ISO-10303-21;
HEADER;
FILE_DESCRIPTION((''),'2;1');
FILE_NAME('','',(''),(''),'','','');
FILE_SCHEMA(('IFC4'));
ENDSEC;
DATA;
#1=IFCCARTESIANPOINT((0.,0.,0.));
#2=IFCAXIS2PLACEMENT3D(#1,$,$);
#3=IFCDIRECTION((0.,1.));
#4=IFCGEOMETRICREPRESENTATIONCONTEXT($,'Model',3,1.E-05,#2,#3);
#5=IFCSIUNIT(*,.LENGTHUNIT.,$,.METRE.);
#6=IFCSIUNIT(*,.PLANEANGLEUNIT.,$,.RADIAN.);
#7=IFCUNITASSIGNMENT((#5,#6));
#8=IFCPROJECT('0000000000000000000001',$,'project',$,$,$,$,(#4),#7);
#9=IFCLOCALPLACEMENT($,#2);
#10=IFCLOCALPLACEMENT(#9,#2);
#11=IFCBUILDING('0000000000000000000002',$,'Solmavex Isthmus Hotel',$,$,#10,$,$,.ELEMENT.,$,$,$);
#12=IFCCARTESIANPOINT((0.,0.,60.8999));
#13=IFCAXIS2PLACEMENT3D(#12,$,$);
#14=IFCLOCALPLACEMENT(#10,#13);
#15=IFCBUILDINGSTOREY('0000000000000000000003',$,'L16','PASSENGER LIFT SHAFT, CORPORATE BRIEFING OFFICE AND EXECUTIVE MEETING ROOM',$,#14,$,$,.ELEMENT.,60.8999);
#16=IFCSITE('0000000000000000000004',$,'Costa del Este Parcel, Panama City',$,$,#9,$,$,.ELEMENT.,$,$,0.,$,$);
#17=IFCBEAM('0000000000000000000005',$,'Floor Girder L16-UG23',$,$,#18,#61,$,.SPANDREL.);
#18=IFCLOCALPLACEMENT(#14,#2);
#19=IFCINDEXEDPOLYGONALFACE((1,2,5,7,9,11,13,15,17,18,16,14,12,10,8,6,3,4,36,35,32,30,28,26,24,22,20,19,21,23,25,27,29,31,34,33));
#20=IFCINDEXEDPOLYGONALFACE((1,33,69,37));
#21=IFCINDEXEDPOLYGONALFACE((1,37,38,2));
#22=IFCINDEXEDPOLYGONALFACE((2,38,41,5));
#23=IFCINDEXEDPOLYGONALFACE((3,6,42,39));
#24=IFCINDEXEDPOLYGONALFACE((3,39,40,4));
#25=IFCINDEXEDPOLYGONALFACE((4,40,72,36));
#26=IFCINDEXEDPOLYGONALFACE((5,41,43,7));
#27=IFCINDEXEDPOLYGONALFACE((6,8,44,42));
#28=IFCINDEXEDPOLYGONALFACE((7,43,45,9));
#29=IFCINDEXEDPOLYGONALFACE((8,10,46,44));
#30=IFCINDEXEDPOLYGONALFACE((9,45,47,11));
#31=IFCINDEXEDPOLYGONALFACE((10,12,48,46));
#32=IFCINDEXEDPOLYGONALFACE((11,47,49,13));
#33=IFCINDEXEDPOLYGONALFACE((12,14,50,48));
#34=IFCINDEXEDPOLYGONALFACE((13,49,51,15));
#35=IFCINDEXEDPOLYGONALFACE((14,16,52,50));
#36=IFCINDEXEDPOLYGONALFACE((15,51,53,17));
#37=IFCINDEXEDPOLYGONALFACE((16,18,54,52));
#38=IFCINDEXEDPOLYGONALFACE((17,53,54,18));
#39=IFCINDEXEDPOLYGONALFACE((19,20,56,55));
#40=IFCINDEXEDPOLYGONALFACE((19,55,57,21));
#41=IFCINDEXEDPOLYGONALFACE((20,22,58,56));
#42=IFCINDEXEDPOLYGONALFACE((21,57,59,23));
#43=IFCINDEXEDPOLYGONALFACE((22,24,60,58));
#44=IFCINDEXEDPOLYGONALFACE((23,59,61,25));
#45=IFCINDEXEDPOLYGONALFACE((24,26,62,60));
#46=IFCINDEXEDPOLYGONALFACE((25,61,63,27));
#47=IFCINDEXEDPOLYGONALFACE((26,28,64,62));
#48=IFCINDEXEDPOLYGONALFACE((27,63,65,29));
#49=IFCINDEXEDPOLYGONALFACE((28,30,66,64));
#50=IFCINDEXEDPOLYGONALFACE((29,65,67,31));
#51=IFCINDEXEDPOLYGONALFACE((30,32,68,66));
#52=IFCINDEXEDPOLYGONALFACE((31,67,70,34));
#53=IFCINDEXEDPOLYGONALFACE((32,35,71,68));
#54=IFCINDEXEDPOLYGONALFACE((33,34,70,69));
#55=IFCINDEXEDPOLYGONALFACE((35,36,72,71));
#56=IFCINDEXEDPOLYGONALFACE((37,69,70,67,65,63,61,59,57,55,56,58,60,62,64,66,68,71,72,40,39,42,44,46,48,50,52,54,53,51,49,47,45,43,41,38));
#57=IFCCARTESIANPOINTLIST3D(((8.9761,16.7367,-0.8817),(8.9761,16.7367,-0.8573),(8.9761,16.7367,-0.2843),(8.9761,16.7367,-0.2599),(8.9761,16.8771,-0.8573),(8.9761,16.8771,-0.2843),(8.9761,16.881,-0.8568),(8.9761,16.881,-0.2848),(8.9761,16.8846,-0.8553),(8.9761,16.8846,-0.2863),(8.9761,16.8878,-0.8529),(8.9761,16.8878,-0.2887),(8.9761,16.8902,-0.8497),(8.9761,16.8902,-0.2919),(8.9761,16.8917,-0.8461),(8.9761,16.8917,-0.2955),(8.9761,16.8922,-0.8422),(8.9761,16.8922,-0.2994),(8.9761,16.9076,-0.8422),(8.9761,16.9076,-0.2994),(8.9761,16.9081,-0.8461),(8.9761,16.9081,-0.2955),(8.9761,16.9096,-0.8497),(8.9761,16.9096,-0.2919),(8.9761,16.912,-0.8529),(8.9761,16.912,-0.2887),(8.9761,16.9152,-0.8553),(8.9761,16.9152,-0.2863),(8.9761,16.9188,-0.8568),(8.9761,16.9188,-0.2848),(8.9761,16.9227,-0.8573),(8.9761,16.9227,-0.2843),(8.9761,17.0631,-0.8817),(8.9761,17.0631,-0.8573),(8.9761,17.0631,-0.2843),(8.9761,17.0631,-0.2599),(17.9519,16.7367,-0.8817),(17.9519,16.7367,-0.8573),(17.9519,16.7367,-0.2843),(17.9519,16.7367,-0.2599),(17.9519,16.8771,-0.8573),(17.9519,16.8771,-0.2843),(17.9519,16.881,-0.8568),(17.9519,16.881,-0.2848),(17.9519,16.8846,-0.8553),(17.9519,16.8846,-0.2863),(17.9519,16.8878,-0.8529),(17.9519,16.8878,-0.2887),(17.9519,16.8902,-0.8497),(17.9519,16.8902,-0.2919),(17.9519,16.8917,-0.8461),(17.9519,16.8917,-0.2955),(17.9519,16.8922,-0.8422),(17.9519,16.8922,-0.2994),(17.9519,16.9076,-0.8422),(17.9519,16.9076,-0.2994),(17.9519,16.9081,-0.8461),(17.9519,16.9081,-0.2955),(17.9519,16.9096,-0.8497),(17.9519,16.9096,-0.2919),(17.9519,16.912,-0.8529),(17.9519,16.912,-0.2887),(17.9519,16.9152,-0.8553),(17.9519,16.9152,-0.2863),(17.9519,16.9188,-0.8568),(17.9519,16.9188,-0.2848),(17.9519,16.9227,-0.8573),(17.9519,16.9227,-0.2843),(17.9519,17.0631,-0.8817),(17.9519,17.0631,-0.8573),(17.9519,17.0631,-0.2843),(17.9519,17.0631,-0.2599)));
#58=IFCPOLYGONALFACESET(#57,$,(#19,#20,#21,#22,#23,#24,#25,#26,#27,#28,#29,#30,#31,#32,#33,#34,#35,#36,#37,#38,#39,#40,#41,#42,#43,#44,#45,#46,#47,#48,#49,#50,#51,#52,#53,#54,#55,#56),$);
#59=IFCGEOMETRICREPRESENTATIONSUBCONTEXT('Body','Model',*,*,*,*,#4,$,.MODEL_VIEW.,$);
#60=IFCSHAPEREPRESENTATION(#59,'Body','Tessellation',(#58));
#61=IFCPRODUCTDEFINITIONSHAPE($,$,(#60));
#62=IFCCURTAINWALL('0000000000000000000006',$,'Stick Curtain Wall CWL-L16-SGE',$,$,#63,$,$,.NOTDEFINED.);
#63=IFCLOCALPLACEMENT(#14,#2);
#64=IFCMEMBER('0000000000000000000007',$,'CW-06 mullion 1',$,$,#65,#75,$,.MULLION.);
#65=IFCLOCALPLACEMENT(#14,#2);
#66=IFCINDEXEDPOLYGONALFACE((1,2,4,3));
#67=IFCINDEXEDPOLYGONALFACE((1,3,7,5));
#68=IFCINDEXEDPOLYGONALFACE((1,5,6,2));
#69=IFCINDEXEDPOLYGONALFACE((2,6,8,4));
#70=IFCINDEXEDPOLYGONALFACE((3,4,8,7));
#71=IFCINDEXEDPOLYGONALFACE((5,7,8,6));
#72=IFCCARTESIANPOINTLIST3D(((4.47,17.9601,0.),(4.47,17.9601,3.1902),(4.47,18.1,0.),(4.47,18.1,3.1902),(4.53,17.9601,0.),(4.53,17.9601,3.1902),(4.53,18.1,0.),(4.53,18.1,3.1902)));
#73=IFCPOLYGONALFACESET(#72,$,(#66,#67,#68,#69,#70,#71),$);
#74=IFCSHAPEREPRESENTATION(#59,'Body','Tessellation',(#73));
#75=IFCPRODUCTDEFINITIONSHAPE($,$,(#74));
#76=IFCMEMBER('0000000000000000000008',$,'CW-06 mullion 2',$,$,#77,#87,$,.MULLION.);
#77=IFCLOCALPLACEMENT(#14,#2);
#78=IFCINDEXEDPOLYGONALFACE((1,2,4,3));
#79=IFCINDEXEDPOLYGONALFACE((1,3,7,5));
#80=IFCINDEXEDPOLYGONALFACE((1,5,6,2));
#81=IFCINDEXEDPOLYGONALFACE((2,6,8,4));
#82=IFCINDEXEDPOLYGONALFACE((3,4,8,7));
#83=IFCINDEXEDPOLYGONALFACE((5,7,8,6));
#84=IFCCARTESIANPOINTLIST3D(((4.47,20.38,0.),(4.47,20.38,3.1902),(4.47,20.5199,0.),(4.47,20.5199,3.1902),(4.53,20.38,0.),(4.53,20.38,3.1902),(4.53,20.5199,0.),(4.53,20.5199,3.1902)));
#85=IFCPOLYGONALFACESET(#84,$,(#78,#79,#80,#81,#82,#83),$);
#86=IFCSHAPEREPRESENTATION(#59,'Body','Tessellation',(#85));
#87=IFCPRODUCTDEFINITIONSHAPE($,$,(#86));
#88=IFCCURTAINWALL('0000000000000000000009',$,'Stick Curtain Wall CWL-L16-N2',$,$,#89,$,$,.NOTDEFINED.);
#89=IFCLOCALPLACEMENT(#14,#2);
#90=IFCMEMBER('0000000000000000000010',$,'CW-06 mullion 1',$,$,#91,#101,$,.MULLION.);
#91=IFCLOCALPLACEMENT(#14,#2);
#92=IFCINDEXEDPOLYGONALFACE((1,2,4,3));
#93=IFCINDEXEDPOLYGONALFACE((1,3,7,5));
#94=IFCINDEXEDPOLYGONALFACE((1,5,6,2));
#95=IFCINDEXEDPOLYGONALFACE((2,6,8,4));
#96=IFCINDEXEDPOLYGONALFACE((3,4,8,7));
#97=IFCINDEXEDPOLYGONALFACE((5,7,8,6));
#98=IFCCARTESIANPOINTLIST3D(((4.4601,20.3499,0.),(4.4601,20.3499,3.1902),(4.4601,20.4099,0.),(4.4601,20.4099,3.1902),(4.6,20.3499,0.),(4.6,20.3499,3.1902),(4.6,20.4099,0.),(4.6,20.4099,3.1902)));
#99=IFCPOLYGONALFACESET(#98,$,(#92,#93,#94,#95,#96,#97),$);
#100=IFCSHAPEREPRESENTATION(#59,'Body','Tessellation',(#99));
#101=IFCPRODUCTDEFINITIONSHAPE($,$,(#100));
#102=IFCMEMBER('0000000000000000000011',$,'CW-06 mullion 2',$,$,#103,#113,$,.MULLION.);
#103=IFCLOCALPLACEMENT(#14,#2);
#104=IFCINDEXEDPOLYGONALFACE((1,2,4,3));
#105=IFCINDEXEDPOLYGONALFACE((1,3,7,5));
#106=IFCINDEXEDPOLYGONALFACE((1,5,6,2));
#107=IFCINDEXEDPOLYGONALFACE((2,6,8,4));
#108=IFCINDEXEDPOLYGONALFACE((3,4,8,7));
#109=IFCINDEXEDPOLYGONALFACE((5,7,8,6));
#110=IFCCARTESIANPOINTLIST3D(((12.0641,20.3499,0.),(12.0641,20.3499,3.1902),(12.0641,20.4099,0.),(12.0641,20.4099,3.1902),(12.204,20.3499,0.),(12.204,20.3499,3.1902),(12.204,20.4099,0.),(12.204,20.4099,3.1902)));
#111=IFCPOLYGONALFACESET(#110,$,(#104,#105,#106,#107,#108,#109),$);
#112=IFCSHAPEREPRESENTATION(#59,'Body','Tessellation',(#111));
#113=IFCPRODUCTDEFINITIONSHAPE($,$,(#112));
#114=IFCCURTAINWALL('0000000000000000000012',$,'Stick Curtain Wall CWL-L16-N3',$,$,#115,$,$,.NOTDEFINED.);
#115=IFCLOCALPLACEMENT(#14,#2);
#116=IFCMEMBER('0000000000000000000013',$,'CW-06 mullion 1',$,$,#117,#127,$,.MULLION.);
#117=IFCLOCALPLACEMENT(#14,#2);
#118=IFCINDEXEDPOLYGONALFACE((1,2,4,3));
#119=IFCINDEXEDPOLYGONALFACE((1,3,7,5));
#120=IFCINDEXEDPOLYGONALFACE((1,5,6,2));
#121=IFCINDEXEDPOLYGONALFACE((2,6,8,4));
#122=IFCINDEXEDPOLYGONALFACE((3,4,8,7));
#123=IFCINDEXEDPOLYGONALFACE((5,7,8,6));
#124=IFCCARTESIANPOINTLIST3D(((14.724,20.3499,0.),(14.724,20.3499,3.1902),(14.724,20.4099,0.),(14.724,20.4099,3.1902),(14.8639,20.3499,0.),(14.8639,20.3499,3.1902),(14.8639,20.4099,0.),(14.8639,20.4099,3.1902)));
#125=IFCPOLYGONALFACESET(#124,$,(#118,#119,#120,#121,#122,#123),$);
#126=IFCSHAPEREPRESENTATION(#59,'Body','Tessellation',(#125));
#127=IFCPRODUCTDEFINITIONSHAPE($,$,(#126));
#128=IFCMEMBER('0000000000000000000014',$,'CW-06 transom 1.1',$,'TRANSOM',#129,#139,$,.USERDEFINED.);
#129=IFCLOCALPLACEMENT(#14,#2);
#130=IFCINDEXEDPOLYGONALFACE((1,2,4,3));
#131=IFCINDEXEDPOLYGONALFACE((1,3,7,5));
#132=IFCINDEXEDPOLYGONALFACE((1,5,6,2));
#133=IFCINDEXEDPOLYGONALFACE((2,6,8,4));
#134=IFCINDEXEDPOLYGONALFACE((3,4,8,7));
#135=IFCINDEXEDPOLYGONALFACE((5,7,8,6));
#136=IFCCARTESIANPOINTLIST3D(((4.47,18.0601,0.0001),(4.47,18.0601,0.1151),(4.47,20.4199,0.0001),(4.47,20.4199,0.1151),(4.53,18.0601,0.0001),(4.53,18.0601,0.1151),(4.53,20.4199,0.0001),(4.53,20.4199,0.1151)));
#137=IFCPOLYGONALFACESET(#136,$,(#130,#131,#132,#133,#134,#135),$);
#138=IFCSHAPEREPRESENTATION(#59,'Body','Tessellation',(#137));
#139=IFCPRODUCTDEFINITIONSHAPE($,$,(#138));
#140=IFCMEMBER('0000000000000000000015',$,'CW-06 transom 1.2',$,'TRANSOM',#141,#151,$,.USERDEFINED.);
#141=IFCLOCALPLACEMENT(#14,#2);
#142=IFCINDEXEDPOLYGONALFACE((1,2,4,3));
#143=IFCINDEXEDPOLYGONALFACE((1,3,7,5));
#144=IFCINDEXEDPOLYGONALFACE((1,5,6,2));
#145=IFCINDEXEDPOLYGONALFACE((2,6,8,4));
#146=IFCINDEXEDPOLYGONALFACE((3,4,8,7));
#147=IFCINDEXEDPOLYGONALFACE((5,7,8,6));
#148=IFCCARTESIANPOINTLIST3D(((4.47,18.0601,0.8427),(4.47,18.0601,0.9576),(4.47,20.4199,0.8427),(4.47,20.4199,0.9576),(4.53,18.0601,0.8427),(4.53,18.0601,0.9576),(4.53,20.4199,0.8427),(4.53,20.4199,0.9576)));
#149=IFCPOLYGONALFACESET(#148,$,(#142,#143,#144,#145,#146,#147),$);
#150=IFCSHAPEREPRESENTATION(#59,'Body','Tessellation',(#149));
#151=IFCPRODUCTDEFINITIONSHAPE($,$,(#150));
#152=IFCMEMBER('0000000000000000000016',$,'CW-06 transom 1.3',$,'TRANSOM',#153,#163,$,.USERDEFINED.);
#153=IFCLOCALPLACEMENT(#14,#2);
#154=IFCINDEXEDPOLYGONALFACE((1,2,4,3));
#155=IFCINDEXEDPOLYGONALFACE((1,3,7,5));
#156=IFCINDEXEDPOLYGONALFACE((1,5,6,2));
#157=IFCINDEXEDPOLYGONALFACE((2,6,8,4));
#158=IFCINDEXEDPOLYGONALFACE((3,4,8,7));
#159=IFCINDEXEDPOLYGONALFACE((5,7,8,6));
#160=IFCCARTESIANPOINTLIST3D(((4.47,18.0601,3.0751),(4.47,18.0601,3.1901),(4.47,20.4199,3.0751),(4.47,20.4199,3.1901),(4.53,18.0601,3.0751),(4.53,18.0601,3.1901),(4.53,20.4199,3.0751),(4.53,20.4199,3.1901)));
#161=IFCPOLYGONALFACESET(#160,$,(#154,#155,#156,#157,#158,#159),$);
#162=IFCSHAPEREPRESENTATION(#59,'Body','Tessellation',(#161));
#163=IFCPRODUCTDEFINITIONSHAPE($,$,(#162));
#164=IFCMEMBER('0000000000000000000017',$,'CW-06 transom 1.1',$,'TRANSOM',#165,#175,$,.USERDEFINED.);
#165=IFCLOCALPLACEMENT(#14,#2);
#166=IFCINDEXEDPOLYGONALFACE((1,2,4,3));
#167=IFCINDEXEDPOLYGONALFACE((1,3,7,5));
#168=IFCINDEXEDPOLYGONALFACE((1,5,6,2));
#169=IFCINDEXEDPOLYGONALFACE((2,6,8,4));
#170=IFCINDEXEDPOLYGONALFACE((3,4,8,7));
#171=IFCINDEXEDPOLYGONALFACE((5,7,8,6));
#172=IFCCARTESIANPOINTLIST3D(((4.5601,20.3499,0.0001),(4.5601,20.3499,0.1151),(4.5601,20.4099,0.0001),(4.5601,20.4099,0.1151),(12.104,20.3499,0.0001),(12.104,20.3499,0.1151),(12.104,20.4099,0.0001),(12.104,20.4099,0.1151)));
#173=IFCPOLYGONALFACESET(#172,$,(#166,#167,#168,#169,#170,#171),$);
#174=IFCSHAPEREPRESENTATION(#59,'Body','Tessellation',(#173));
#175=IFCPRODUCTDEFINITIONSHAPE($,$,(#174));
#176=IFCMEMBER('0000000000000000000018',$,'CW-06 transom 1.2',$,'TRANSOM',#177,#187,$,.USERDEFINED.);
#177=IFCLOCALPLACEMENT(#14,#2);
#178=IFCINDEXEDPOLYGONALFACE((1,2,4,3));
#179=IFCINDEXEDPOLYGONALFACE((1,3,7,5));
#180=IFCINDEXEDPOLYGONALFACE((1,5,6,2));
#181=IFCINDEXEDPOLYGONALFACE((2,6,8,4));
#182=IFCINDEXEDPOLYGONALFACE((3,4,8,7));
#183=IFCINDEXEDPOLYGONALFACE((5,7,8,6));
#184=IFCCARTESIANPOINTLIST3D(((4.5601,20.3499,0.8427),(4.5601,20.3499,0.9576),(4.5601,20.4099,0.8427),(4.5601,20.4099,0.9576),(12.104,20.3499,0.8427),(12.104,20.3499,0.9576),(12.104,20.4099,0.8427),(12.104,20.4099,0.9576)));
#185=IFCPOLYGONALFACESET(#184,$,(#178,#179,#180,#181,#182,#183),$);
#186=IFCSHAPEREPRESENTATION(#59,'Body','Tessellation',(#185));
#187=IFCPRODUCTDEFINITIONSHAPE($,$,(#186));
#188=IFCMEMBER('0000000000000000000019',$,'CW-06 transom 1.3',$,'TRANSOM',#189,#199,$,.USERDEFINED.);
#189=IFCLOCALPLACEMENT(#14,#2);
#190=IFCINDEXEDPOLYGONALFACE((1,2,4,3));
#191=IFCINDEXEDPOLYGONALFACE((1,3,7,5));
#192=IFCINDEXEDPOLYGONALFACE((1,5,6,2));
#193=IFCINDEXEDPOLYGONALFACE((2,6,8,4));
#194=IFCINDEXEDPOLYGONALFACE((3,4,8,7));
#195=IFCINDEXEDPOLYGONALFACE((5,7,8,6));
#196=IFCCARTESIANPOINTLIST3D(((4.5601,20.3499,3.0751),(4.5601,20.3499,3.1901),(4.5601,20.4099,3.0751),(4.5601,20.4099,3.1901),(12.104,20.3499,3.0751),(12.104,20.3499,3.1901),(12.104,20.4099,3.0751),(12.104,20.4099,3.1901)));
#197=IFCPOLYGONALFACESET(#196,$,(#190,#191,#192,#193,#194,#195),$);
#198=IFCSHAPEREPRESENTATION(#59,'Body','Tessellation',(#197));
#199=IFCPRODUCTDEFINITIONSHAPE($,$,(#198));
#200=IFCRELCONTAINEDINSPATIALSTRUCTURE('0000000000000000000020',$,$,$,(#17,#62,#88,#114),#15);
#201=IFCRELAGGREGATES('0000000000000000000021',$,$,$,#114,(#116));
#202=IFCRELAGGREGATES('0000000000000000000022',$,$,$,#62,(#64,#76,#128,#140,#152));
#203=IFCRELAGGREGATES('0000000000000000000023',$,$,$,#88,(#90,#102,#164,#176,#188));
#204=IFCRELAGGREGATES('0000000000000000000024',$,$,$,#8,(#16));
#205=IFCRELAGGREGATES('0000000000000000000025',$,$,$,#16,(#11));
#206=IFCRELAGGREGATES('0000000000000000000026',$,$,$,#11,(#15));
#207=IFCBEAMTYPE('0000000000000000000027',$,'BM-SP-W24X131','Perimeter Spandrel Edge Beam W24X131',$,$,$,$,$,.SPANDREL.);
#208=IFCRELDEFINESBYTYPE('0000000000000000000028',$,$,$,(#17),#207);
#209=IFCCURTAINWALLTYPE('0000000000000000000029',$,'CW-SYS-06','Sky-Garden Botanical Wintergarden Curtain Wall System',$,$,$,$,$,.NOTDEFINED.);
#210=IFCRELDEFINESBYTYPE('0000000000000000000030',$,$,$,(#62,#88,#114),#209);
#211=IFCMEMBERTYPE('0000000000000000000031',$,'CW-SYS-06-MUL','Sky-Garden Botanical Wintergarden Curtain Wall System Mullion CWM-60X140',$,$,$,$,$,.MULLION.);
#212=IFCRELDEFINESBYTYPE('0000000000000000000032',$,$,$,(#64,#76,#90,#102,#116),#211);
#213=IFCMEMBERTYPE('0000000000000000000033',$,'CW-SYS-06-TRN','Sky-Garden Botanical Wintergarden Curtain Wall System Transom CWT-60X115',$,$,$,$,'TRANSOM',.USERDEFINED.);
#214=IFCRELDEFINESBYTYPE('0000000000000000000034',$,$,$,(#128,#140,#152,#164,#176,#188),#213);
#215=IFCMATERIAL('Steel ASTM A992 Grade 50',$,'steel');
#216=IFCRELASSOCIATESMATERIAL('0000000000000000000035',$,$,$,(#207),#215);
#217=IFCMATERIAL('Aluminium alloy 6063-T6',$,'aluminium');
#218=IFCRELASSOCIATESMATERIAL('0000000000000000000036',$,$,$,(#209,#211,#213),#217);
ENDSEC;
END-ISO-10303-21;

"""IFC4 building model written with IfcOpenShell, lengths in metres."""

from ifc_helpers import new_model, si_unit, direction, frame, origin, origin_2d, place, context, subcontext, project, spatial, rectangle, i_section, extrude, material, material_profile, profile_set, type_object, element, aggregate, save


model = new_model("IFC4")

# Units and contexts
model_context = context("Model", 3, precision=1e-05, world=origin(), true_north=direction((0.0, 1.0)))
body_context = subcontext(model_context, "Body", "Model", "MODEL_VIEW")
ifc_project = project(units=[si_unit("LENGTHUNIT", "METRE"), si_unit("PLANEANGLEUNIT", "RADIAN")], contexts=[model_context])

# Site, building, storey
site_placement = place(None, origin())
site = spatial("IfcSite", under=ifc_project, at=site_placement, Name="Costa del Este Parcel, Panama City", CompositionType="ELEMENT", RefElevation=0.0)
building_placement = place(site_placement, origin())
building = spatial("IfcBuilding", under=site, at=building_placement, Name="Solmavex Isthmus Hotel", CompositionType="ELEMENT")
storey_placement = place(building_placement, frame((0.0, 0.0, 60.8999)))
storey = spatial("IfcBuildingStorey", under=building, at=storey_placement, Name="L16", Description="PASSENGER LIFT SHAFT, CORPORATE BRIEFING OFFICE AND EXECUTIVE MEETING ROOM", CompositionType="ELEMENT", Elevation=60.8999)

# Beam
ifc_material_1 = material(Name="Steel ASTM A992 Grade 50", Category="steel")
ifc_material_profile_1 = material_profile(ifc_material_1, i_section(OverallWidth=0.3264, OverallDepth=0.6218, WebThickness=0.0154, FlangeThickness=0.0244, FilletRadius=0.0151, at=origin_2d()), Name="W24X131")
ifc_profile_set_1 = profile_set([ifc_material_profile_1], Name="Steel ASTM A992 Grade 50")
beam_type = type_object("IfcBeamType", Name="BM-SP-W24X131", Description="Perimeter Spandrel Edge Beam W24X131", PredefinedType="SPANDREL", material=ifc_profile_set_1)
beam_placement = place(storey_placement, frame((8.9761, 16.8999, -0.5708), z_axis=(1.0, 0.0, 0.0), x_axis=(0.0, 1.0, 0.0)))
element("IfcBeam", 1, at=beam_placement, inside=storey, type_object=beam_type, Name="Floor Girder L16-UG23", PredefinedType="SPANDREL", context=body_context, shape_type="SweptSolid", body=[
    extrude(i_section(OverallWidth=0.3264, OverallDepth=0.6218, WebThickness=0.0154, FlangeThickness=0.0244, FilletRadius=0.0151, at=origin_2d()), origin(), (0.0, 0.0, 1.0), 8.9758),
])

# Curtain walls, members
ifc_material_2 = material(Name="Aluminium alloy 6063-T6", Category="aluminium")
curtain_wall_type = type_object("IfcCurtainWallType", Name="CW-SYS-06", Description="Sky-Garden Botanical Wintergarden Curtain Wall System", PredefinedType="NOTDEFINED", material=ifc_material_2)
curtain_wall_1_placement = place(storey_placement, origin())
curtain_wall_1 = element("IfcCurtainWall", 2, at=curtain_wall_1_placement, inside=storey, type_object=curtain_wall_type, Name="Stick Curtain Wall CWL-L16-SGE", PredefinedType="NOTDEFINED")
ifc_material_profile_2 = material_profile(ifc_material_2, rectangle(XDim=0.0601, YDim=0.1399, at=origin_2d()), Name="CWM-60X140")
ifc_profile_set_2 = profile_set([ifc_material_profile_2], Name="Aluminium alloy 6063-T6")
member_type_1 = type_object("IfcMemberType", Name="CW-SYS-06-MUL", Description="Sky-Garden Botanical Wintergarden Curtain Wall System Mullion CWM-60X140", PredefinedType="MULLION", material=ifc_profile_set_2)
member_1_placement = place(storey_placement, frame((4.5, 18.03, 0.0), z_axis=(0.0, 0.0, 1.0), x_axis=(-1.0, 0.0, 0.0)))
member_1 = element("IfcMember", 3, at=member_1_placement, type_object=member_type_1, Name="CW-06 mullion 1", PredefinedType="MULLION", context=body_context, shape_type="SweptSolid", body=[
    extrude(rectangle(XDim=0.0601, YDim=0.1399, at=origin_2d()), origin(), (0.0, 0.0, 1.0), 3.1902),
])
member_2_placement = place(storey_placement, frame((4.5, 20.45, 0.0), z_axis=(0.0, 0.0, 1.0), x_axis=(-1.0, 0.0, 0.0)))
member_2 = element("IfcMember", 4, at=member_2_placement, type_object=member_type_1, Name="CW-06 mullion 2", PredefinedType="MULLION", context=body_context, shape_type="SweptSolid", body=[
    extrude(rectangle(XDim=0.0601, YDim=0.1399, at=origin_2d()), origin(), (0.0, 0.0, 1.0), 3.1902),
])
curtain_wall_2_placement = place(storey_placement, origin())
curtain_wall_2 = element("IfcCurtainWall", 5, at=curtain_wall_2_placement, inside=storey, type_object=curtain_wall_type, Name="Stick Curtain Wall CWL-L16-N2", PredefinedType="NOTDEFINED")
member_3_placement = place(storey_placement, frame((4.53, 20.3799, 0.0), z_axis=(0.0, 0.0, 1.0), x_axis=(0.0, 1.0, 0.0)))
member_3 = element("IfcMember", 6, at=member_3_placement, type_object=member_type_1, Name="CW-06 mullion 1", PredefinedType="MULLION", context=body_context, shape_type="SweptSolid", body=[
    extrude(rectangle(XDim=0.0601, YDim=0.1399, at=origin_2d()), origin(), (0.0, 0.0, 1.0), 3.1902),
])
member_4_placement = place(storey_placement, frame((12.134, 20.3799, 0.0), z_axis=(0.0, 0.0, 1.0), x_axis=(0.0, 1.0, 0.0)))
member_4 = element("IfcMember", 7, at=member_4_placement, type_object=member_type_1, Name="CW-06 mullion 2", PredefinedType="MULLION", context=body_context, shape_type="SweptSolid", body=[
    extrude(rectangle(XDim=0.0601, YDim=0.1399, at=origin_2d()), origin(), (0.0, 0.0, 1.0), 3.1902),
])

# Curtain wall, member
curtain_wall_3_placement = place(storey_placement, origin())
curtain_wall_3 = element("IfcCurtainWall", 8, at=curtain_wall_3_placement, inside=storey, type_object=curtain_wall_type, Name="Stick Curtain Wall CWL-L16-N3", PredefinedType="NOTDEFINED")
member_5_placement = place(storey_placement, frame((14.7939, 20.3799, 0.0), z_axis=(0.0, 0.0, 1.0), x_axis=(0.0, 1.0, 0.0)))
member_5 = element("IfcMember", 9, at=member_5_placement, type_object=member_type_1, Name="CW-06 mullion 1", PredefinedType="MULLION", context=body_context, shape_type="SweptSolid", body=[
    extrude(rectangle(XDim=0.0601, YDim=0.1399, at=origin_2d()), origin(), (0.0, 0.0, 1.0), 3.1902),
])

# Members
ifc_material_profile_3 = material_profile(ifc_material_2, rectangle(XDim=0.0601, YDim=0.115, at=origin_2d()), Name="CWT-60X115")
ifc_profile_set_3 = profile_set([ifc_material_profile_3], Name="Aluminium alloy 6063-T6")
member_type_2 = type_object("IfcMemberType", Name="CW-SYS-06-TRN", Description="Sky-Garden Botanical Wintergarden Curtain Wall System Transom CWT-60X115", ElementType="TRANSOM", PredefinedType="USERDEFINED", material=ifc_profile_set_3)
member_6_placement = place(storey_placement, frame((4.5, 18.0601, 0.0576), z_axis=(0.0, 1.0, 0.0), x_axis=(-1.0, 0.0, 0.0)))
member_6 = element("IfcMember", 10, at=member_6_placement, type_object=member_type_2, Name="CW-06 transom 1.1", ObjectType="TRANSOM", PredefinedType="USERDEFINED", context=body_context, shape_type="SweptSolid", body=[
    extrude(rectangle(XDim=0.0601, YDim=0.115, at=origin_2d()), origin(), (0.0, 0.0, 1.0), 2.3599),
])
member_7_placement = place(storey_placement, frame((4.5, 18.0601, 0.9001), z_axis=(0.0, 1.0, 0.0), x_axis=(-1.0, 0.0, 0.0)))
member_7 = element("IfcMember", 11, at=member_7_placement, type_object=member_type_2, Name="CW-06 transom 1.2", ObjectType="TRANSOM", PredefinedType="USERDEFINED", context=body_context, shape_type="SweptSolid", body=[
    extrude(rectangle(XDim=0.0601, YDim=0.115, at=origin_2d()), origin(), (0.0, 0.0, 1.0), 2.3599),
])
member_8_placement = place(storey_placement, frame((4.5, 18.0601, 3.1326), z_axis=(0.0, 1.0, 0.0), x_axis=(-1.0, 0.0, 0.0)))
member_8 = element("IfcMember", 12, at=member_8_placement, type_object=member_type_2, Name="CW-06 transom 1.3", ObjectType="TRANSOM", PredefinedType="USERDEFINED", context=body_context, shape_type="SweptSolid", body=[
    extrude(rectangle(XDim=0.0601, YDim=0.115, at=origin_2d()), origin(), (0.0, 0.0, 1.0), 2.3599),
])
member_9_placement = place(storey_placement, frame((4.5601, 20.3799, 0.0576), z_axis=(1.0, 0.0, 0.0), x_axis=(0.0, 1.0, 0.0)))
member_9 = element("IfcMember", 13, at=member_9_placement, type_object=member_type_2, Name="CW-06 transom 1.1", ObjectType="TRANSOM", PredefinedType="USERDEFINED", context=body_context, shape_type="SweptSolid", body=[
    extrude(rectangle(XDim=0.0601, YDim=0.115, at=origin_2d()), origin(), (0.0, 0.0, 1.0), 7.5439),
])
member_10_placement = place(storey_placement, frame((4.5601, 20.3799, 0.9001), z_axis=(1.0, 0.0, 0.0), x_axis=(0.0, 1.0, 0.0)))
member_10 = element("IfcMember", 14, at=member_10_placement, type_object=member_type_2, Name="CW-06 transom 1.2", ObjectType="TRANSOM", PredefinedType="USERDEFINED", context=body_context, shape_type="SweptSolid", body=[
    extrude(rectangle(XDim=0.0601, YDim=0.115, at=origin_2d()), origin(), (0.0, 0.0, 1.0), 7.5439),
])
member_11_placement = place(storey_placement, frame((4.5601, 20.3799, 3.1326), z_axis=(1.0, 0.0, 0.0), x_axis=(0.0, 1.0, 0.0)))
member_11 = element("IfcMember", 15, at=member_11_placement, type_object=member_type_2, Name="CW-06 transom 1.3", ObjectType="TRANSOM", PredefinedType="USERDEFINED", context=body_context, shape_type="SweptSolid", body=[
    extrude(rectangle(XDim=0.0601, YDim=0.115, at=origin_2d()), origin(), (0.0, 0.0, 1.0), 7.5439),
])
aggregate(curtain_wall_3, [member_5])

aggregate(curtain_wall_1, [member_1, member_2, member_6, member_7, member_8])
aggregate(curtain_wall_2, [member_3, member_4, member_9, member_10, member_11])

save(model, "model.ifc")
